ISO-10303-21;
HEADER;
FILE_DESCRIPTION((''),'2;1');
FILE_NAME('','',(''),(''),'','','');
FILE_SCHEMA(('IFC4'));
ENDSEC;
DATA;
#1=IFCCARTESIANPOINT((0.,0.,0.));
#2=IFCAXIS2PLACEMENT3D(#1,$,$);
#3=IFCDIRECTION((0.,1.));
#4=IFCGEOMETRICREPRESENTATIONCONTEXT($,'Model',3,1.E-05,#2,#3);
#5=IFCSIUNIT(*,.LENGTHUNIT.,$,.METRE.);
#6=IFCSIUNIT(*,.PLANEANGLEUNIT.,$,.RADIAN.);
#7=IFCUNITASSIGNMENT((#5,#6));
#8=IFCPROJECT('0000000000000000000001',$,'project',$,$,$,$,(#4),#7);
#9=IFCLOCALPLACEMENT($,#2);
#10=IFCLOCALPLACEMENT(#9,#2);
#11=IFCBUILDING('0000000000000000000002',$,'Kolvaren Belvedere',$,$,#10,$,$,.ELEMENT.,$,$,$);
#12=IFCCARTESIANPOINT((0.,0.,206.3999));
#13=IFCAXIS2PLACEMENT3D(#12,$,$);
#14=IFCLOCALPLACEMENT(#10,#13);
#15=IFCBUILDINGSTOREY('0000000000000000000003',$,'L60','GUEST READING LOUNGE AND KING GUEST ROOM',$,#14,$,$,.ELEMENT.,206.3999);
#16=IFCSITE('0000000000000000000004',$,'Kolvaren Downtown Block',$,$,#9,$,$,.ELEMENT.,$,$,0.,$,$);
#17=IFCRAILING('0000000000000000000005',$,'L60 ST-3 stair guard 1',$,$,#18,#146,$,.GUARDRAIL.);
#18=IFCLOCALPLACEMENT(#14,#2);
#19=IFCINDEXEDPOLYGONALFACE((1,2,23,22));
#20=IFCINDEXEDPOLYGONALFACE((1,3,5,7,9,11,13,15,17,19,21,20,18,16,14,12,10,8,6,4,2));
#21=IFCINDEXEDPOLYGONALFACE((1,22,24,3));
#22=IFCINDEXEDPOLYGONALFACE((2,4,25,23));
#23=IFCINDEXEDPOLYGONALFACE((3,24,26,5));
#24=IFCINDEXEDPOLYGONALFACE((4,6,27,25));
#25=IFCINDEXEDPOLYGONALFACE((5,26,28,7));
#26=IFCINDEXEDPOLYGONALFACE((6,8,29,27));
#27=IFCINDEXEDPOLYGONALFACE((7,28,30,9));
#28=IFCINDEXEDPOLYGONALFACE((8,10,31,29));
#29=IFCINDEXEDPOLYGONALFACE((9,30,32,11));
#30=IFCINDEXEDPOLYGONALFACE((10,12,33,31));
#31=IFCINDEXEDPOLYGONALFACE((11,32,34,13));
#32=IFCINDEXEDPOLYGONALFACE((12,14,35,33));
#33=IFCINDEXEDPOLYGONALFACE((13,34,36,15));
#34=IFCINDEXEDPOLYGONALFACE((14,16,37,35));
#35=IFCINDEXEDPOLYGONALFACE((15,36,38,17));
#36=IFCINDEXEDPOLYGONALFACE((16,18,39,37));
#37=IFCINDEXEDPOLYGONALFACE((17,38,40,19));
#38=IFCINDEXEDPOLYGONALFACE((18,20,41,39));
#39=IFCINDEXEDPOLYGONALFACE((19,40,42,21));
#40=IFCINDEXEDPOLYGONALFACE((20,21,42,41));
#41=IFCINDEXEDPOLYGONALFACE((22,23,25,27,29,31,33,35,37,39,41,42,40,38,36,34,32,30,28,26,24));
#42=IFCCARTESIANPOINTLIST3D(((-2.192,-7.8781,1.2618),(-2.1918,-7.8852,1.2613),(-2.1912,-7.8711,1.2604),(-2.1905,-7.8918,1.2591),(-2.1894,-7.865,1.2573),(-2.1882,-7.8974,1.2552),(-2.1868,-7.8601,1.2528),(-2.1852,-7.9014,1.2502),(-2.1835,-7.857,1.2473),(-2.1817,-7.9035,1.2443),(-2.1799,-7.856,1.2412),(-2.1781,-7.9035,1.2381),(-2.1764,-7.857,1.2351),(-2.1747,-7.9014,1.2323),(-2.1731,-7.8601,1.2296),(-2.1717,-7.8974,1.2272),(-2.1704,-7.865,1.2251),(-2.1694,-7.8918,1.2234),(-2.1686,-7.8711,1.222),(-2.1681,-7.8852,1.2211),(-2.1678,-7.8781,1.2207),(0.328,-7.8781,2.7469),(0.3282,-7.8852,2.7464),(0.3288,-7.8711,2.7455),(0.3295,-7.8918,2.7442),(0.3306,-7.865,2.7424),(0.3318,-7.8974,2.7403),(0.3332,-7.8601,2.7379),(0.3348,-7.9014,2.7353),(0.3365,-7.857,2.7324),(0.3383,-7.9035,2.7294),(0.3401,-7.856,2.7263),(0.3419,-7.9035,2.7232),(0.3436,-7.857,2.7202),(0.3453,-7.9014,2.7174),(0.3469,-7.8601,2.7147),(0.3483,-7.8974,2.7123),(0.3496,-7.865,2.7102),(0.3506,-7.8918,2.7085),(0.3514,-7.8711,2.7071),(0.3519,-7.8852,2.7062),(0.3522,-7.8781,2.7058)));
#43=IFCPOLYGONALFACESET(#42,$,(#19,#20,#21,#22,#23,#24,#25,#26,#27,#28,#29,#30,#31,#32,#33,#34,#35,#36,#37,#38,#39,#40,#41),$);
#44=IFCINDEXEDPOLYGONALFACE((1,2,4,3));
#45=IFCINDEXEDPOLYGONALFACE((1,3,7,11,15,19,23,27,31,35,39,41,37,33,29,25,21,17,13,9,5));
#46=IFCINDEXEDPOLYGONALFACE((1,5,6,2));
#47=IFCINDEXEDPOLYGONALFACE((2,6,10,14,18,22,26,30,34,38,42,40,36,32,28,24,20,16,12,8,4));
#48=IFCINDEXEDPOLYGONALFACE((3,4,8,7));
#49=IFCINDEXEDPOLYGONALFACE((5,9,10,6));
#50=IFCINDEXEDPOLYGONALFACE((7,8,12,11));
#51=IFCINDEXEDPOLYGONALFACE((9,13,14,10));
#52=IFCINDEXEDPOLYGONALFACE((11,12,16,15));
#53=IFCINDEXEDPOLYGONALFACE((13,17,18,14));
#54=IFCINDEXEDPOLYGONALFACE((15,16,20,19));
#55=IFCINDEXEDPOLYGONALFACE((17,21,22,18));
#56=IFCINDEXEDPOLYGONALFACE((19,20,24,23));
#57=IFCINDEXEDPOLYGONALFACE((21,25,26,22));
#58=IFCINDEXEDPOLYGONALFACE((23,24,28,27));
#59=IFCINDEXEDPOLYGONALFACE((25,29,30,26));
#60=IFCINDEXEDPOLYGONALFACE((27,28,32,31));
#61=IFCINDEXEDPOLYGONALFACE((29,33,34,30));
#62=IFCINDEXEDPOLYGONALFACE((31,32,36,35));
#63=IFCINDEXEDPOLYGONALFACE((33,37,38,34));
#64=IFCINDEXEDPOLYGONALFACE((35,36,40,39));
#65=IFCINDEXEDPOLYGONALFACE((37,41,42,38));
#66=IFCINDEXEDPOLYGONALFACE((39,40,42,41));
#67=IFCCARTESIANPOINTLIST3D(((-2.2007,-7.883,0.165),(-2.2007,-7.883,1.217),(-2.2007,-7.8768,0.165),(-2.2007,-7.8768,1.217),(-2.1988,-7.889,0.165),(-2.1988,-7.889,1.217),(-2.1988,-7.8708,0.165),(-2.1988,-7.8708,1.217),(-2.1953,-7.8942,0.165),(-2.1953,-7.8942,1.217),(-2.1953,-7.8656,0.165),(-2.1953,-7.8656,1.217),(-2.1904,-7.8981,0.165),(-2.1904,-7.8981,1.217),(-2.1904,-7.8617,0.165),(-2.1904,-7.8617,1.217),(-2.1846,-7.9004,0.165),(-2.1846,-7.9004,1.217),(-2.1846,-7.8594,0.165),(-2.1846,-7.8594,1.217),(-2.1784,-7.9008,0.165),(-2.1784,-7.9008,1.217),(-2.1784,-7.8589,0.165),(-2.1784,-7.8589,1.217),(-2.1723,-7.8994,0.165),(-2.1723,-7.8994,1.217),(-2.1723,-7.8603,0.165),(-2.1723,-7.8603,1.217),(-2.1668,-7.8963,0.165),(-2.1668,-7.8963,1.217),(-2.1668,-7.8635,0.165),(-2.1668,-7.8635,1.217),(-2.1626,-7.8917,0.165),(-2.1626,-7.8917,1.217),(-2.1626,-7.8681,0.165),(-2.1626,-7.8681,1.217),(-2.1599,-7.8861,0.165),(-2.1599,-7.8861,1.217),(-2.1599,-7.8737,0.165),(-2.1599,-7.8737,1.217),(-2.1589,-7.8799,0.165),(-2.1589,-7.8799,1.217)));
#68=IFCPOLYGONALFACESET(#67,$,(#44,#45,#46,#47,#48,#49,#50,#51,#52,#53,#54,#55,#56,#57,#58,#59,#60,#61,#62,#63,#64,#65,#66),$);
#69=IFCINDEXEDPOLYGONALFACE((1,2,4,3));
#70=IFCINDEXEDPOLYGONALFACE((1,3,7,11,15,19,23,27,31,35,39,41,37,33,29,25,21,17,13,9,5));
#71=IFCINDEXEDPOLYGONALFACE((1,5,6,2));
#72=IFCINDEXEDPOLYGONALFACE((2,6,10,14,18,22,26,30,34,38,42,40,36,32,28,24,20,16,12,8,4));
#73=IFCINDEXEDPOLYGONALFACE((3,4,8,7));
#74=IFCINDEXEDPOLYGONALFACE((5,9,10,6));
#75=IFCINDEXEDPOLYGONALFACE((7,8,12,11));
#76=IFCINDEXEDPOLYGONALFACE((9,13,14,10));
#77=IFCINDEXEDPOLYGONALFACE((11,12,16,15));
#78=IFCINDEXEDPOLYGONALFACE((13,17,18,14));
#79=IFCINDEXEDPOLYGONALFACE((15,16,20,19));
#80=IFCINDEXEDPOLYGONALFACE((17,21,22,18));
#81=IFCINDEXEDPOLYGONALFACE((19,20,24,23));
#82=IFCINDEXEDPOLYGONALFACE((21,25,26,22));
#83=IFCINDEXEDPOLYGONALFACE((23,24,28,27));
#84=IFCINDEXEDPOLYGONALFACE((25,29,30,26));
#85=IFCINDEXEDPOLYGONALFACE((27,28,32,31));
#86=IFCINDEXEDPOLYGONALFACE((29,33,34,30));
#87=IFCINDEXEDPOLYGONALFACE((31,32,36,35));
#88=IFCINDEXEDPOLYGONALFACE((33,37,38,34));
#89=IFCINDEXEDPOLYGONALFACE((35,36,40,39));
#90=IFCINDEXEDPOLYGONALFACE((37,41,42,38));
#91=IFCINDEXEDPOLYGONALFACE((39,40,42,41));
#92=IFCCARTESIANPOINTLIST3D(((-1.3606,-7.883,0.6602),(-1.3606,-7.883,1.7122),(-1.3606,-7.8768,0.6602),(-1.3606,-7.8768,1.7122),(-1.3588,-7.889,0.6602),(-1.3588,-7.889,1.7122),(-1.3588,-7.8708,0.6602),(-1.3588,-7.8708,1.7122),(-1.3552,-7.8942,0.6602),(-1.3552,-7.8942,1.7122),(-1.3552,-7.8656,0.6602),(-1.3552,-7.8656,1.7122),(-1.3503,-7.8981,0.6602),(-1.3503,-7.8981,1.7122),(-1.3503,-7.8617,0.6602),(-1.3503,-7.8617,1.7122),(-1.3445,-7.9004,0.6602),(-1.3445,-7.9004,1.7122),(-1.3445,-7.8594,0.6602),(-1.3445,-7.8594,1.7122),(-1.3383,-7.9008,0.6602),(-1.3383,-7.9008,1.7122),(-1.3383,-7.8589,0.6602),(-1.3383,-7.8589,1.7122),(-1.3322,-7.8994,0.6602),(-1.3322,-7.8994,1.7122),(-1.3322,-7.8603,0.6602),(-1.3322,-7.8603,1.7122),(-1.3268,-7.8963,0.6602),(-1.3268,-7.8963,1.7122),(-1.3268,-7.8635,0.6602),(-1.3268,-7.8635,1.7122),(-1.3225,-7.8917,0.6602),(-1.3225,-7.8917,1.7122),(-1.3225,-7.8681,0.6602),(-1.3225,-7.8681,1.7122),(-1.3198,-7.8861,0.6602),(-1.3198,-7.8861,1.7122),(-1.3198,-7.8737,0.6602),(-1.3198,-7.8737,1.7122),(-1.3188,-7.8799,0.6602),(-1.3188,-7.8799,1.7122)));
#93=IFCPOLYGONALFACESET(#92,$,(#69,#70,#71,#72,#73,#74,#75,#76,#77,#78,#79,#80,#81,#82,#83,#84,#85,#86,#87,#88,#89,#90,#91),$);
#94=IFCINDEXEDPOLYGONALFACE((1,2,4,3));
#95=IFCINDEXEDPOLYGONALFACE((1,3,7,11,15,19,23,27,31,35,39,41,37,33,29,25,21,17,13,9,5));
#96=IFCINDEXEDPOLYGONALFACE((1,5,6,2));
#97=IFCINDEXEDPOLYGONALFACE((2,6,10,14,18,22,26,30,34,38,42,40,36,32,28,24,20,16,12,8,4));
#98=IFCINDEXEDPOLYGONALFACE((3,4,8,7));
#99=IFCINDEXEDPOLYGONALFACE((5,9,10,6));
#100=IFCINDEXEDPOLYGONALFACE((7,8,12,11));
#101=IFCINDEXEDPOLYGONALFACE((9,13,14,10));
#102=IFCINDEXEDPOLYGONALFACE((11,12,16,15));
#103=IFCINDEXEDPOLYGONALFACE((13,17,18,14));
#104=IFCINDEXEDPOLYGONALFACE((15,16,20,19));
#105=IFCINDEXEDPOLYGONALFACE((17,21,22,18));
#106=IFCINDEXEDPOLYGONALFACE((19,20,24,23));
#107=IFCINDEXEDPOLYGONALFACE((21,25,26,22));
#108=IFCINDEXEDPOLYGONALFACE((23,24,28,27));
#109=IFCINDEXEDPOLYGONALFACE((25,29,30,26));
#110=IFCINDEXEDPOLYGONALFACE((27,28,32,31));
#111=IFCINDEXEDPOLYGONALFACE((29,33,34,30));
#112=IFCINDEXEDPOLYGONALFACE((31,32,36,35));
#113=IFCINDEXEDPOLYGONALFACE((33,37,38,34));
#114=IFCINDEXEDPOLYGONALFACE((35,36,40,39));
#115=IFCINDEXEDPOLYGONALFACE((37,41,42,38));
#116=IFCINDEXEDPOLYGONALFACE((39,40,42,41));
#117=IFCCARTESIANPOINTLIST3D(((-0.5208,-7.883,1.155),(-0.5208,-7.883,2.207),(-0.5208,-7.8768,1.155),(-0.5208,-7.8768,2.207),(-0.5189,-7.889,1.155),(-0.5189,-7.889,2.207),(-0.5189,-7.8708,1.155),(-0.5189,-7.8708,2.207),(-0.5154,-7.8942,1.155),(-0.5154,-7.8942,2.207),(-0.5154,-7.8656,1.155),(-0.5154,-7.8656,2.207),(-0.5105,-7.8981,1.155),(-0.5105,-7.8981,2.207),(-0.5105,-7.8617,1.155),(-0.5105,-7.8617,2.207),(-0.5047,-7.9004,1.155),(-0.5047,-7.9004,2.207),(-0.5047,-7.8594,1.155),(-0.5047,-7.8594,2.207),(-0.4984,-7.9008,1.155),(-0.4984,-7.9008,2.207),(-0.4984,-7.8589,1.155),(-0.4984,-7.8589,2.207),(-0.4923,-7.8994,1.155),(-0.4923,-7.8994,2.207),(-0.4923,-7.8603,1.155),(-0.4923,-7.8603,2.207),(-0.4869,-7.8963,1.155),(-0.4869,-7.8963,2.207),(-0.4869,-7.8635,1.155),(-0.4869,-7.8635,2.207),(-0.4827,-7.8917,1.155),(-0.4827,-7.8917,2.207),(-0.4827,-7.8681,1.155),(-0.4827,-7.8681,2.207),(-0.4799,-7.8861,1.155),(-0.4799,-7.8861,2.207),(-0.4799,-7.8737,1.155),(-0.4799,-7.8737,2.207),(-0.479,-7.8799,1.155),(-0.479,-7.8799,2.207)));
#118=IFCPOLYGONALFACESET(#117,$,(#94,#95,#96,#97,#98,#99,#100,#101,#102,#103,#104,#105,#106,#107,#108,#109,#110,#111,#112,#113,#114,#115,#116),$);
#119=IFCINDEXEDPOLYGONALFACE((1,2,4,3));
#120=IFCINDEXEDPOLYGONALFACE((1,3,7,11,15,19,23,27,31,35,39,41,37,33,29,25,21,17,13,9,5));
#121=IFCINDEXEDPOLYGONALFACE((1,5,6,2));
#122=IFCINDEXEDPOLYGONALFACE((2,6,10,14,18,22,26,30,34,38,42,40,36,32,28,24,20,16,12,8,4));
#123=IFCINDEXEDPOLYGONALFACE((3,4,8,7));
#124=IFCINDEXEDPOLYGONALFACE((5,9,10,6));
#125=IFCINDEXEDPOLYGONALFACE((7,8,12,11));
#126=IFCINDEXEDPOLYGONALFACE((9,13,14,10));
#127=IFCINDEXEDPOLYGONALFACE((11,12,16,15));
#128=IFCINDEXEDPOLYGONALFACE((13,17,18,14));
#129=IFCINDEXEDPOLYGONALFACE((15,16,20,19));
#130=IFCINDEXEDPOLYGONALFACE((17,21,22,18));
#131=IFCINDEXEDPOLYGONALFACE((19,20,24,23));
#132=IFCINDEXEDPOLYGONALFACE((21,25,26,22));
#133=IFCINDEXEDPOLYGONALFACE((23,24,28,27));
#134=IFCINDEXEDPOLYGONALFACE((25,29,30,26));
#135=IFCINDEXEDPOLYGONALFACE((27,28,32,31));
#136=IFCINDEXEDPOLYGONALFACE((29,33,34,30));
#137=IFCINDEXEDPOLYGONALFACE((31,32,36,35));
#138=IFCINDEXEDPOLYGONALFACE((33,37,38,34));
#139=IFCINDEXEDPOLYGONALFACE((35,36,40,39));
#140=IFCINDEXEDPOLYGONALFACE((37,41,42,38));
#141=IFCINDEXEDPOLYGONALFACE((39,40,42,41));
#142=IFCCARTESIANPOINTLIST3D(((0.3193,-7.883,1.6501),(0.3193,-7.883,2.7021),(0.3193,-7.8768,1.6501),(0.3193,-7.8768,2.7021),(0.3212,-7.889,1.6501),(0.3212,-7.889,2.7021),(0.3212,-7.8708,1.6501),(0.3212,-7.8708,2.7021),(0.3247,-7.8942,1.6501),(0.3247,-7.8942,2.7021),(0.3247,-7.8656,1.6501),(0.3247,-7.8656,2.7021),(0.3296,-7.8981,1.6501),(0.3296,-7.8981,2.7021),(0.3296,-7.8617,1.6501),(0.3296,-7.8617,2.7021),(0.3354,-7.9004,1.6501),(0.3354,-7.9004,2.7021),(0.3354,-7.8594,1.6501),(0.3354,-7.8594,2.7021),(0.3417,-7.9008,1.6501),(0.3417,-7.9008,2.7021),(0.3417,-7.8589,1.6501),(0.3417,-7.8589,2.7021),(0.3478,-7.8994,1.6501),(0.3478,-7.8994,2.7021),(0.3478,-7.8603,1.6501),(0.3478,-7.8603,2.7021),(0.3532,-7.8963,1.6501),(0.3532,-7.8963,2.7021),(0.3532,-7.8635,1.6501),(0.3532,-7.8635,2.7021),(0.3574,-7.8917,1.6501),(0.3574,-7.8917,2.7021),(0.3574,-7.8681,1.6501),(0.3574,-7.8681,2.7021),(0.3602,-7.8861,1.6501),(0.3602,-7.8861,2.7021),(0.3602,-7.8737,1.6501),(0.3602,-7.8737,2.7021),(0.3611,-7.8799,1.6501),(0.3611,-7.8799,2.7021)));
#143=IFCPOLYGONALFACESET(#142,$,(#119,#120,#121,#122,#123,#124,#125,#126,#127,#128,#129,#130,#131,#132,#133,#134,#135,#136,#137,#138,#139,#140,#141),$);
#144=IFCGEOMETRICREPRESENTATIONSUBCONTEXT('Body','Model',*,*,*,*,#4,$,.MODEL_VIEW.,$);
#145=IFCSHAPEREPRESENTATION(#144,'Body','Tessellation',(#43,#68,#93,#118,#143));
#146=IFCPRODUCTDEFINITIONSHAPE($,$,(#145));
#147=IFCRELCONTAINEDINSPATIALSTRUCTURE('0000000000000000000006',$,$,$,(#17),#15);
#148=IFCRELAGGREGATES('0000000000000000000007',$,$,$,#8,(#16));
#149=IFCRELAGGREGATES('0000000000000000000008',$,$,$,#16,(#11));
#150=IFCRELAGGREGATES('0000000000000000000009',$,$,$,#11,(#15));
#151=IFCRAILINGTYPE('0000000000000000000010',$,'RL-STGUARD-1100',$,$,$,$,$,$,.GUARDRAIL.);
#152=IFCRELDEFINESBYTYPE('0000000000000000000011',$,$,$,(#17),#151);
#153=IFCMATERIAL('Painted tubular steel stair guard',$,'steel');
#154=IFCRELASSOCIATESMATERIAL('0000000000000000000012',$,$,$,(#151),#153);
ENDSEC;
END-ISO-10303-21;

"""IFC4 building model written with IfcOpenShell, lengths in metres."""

from ifc_helpers import new_model, si_unit, direction, frame, origin, origin_2d, place, context, subcontext, project, spatial, circle, extrude, material, type_object, element, save


model = new_model("IFC4")

# Units and contexts
model_context = context("Model", 3, precision=1e-05, world=origin(), true_north=direction((0.0, 1.0)))
body_context = subcontext(model_context, "Body", "Model", "MODEL_VIEW")
ifc_project = project(units=[si_unit("LENGTHUNIT", "METRE"), si_unit("PLANEANGLEUNIT", "RADIAN")], contexts=[model_context])

# Site, building, storey
site_placement = place(None, origin())
site = spatial("IfcSite", under=ifc_project, at=site_placement, Name="Kolvaren Downtown Block", CompositionType="ELEMENT", RefElevation=0.0)
building_placement = place(site_placement, origin())
building = spatial("IfcBuilding", under=site, at=building_placement, Name="Kolvaren Belvedere", CompositionType="ELEMENT")
storey_placement = place(building_placement, frame((0.0, 0.0, 206.3999)))
storey = spatial("IfcBuildingStorey", under=building, at=storey_placement, Name="L60", Description="GUEST READING LOUNGE AND KING GUEST ROOM", CompositionType="ELEMENT", Elevation=206.3999)

# Railing
ifc_material_1 = material(Name="Painted tubular steel stair guard", Category="steel")
railing_type_1 = type_object("IfcRailingType", Name="RL-STGUARD-1100", PredefinedType="GUARDRAIL", material=ifc_material_1)
railing_1_placement = place(storey_placement, frame((-2.1799, -7.8799, 0.165)))
element("IfcRailing", 1, at=railing_1_placement, inside=storey, type_object=railing_type_1, Name="L60 ST-3 stair guard 1", PredefinedType="GUARDRAIL", context=body_context, shape_type="SweptSolid", body=[
    extrude(circle(Radius=0.0239, at=origin_2d()), frame((0.0, 0.0, 1.0762), z_axis=(0.861524, 0.0, 0.507717), x_axis=(0.0, 1.0, 0.0)), (0.0, 0.0, 1.0), 2.925),
    extrude(circle(Radius=0.021, at=origin_2d()), origin(), (0.0, 0.0, 1.0), 1.052),
    extrude(circle(Radius=0.021, at=origin_2d()), frame((0.8401, 0.0, 0.4951)), (0.0, 0.0, 1.0), 1.052),
    extrude(circle(Radius=0.021, at=origin_2d()), frame((1.6799, 0.0, 0.99)), (0.0, 0.0, 1.0), 1.052),
    extrude(circle(Radius=0.021, at=origin_2d()), frame((2.52, 0.0, 1.4851)), (0.0, 0.0, 1.0), 1.052),
])

save(model, "model.ifc")
